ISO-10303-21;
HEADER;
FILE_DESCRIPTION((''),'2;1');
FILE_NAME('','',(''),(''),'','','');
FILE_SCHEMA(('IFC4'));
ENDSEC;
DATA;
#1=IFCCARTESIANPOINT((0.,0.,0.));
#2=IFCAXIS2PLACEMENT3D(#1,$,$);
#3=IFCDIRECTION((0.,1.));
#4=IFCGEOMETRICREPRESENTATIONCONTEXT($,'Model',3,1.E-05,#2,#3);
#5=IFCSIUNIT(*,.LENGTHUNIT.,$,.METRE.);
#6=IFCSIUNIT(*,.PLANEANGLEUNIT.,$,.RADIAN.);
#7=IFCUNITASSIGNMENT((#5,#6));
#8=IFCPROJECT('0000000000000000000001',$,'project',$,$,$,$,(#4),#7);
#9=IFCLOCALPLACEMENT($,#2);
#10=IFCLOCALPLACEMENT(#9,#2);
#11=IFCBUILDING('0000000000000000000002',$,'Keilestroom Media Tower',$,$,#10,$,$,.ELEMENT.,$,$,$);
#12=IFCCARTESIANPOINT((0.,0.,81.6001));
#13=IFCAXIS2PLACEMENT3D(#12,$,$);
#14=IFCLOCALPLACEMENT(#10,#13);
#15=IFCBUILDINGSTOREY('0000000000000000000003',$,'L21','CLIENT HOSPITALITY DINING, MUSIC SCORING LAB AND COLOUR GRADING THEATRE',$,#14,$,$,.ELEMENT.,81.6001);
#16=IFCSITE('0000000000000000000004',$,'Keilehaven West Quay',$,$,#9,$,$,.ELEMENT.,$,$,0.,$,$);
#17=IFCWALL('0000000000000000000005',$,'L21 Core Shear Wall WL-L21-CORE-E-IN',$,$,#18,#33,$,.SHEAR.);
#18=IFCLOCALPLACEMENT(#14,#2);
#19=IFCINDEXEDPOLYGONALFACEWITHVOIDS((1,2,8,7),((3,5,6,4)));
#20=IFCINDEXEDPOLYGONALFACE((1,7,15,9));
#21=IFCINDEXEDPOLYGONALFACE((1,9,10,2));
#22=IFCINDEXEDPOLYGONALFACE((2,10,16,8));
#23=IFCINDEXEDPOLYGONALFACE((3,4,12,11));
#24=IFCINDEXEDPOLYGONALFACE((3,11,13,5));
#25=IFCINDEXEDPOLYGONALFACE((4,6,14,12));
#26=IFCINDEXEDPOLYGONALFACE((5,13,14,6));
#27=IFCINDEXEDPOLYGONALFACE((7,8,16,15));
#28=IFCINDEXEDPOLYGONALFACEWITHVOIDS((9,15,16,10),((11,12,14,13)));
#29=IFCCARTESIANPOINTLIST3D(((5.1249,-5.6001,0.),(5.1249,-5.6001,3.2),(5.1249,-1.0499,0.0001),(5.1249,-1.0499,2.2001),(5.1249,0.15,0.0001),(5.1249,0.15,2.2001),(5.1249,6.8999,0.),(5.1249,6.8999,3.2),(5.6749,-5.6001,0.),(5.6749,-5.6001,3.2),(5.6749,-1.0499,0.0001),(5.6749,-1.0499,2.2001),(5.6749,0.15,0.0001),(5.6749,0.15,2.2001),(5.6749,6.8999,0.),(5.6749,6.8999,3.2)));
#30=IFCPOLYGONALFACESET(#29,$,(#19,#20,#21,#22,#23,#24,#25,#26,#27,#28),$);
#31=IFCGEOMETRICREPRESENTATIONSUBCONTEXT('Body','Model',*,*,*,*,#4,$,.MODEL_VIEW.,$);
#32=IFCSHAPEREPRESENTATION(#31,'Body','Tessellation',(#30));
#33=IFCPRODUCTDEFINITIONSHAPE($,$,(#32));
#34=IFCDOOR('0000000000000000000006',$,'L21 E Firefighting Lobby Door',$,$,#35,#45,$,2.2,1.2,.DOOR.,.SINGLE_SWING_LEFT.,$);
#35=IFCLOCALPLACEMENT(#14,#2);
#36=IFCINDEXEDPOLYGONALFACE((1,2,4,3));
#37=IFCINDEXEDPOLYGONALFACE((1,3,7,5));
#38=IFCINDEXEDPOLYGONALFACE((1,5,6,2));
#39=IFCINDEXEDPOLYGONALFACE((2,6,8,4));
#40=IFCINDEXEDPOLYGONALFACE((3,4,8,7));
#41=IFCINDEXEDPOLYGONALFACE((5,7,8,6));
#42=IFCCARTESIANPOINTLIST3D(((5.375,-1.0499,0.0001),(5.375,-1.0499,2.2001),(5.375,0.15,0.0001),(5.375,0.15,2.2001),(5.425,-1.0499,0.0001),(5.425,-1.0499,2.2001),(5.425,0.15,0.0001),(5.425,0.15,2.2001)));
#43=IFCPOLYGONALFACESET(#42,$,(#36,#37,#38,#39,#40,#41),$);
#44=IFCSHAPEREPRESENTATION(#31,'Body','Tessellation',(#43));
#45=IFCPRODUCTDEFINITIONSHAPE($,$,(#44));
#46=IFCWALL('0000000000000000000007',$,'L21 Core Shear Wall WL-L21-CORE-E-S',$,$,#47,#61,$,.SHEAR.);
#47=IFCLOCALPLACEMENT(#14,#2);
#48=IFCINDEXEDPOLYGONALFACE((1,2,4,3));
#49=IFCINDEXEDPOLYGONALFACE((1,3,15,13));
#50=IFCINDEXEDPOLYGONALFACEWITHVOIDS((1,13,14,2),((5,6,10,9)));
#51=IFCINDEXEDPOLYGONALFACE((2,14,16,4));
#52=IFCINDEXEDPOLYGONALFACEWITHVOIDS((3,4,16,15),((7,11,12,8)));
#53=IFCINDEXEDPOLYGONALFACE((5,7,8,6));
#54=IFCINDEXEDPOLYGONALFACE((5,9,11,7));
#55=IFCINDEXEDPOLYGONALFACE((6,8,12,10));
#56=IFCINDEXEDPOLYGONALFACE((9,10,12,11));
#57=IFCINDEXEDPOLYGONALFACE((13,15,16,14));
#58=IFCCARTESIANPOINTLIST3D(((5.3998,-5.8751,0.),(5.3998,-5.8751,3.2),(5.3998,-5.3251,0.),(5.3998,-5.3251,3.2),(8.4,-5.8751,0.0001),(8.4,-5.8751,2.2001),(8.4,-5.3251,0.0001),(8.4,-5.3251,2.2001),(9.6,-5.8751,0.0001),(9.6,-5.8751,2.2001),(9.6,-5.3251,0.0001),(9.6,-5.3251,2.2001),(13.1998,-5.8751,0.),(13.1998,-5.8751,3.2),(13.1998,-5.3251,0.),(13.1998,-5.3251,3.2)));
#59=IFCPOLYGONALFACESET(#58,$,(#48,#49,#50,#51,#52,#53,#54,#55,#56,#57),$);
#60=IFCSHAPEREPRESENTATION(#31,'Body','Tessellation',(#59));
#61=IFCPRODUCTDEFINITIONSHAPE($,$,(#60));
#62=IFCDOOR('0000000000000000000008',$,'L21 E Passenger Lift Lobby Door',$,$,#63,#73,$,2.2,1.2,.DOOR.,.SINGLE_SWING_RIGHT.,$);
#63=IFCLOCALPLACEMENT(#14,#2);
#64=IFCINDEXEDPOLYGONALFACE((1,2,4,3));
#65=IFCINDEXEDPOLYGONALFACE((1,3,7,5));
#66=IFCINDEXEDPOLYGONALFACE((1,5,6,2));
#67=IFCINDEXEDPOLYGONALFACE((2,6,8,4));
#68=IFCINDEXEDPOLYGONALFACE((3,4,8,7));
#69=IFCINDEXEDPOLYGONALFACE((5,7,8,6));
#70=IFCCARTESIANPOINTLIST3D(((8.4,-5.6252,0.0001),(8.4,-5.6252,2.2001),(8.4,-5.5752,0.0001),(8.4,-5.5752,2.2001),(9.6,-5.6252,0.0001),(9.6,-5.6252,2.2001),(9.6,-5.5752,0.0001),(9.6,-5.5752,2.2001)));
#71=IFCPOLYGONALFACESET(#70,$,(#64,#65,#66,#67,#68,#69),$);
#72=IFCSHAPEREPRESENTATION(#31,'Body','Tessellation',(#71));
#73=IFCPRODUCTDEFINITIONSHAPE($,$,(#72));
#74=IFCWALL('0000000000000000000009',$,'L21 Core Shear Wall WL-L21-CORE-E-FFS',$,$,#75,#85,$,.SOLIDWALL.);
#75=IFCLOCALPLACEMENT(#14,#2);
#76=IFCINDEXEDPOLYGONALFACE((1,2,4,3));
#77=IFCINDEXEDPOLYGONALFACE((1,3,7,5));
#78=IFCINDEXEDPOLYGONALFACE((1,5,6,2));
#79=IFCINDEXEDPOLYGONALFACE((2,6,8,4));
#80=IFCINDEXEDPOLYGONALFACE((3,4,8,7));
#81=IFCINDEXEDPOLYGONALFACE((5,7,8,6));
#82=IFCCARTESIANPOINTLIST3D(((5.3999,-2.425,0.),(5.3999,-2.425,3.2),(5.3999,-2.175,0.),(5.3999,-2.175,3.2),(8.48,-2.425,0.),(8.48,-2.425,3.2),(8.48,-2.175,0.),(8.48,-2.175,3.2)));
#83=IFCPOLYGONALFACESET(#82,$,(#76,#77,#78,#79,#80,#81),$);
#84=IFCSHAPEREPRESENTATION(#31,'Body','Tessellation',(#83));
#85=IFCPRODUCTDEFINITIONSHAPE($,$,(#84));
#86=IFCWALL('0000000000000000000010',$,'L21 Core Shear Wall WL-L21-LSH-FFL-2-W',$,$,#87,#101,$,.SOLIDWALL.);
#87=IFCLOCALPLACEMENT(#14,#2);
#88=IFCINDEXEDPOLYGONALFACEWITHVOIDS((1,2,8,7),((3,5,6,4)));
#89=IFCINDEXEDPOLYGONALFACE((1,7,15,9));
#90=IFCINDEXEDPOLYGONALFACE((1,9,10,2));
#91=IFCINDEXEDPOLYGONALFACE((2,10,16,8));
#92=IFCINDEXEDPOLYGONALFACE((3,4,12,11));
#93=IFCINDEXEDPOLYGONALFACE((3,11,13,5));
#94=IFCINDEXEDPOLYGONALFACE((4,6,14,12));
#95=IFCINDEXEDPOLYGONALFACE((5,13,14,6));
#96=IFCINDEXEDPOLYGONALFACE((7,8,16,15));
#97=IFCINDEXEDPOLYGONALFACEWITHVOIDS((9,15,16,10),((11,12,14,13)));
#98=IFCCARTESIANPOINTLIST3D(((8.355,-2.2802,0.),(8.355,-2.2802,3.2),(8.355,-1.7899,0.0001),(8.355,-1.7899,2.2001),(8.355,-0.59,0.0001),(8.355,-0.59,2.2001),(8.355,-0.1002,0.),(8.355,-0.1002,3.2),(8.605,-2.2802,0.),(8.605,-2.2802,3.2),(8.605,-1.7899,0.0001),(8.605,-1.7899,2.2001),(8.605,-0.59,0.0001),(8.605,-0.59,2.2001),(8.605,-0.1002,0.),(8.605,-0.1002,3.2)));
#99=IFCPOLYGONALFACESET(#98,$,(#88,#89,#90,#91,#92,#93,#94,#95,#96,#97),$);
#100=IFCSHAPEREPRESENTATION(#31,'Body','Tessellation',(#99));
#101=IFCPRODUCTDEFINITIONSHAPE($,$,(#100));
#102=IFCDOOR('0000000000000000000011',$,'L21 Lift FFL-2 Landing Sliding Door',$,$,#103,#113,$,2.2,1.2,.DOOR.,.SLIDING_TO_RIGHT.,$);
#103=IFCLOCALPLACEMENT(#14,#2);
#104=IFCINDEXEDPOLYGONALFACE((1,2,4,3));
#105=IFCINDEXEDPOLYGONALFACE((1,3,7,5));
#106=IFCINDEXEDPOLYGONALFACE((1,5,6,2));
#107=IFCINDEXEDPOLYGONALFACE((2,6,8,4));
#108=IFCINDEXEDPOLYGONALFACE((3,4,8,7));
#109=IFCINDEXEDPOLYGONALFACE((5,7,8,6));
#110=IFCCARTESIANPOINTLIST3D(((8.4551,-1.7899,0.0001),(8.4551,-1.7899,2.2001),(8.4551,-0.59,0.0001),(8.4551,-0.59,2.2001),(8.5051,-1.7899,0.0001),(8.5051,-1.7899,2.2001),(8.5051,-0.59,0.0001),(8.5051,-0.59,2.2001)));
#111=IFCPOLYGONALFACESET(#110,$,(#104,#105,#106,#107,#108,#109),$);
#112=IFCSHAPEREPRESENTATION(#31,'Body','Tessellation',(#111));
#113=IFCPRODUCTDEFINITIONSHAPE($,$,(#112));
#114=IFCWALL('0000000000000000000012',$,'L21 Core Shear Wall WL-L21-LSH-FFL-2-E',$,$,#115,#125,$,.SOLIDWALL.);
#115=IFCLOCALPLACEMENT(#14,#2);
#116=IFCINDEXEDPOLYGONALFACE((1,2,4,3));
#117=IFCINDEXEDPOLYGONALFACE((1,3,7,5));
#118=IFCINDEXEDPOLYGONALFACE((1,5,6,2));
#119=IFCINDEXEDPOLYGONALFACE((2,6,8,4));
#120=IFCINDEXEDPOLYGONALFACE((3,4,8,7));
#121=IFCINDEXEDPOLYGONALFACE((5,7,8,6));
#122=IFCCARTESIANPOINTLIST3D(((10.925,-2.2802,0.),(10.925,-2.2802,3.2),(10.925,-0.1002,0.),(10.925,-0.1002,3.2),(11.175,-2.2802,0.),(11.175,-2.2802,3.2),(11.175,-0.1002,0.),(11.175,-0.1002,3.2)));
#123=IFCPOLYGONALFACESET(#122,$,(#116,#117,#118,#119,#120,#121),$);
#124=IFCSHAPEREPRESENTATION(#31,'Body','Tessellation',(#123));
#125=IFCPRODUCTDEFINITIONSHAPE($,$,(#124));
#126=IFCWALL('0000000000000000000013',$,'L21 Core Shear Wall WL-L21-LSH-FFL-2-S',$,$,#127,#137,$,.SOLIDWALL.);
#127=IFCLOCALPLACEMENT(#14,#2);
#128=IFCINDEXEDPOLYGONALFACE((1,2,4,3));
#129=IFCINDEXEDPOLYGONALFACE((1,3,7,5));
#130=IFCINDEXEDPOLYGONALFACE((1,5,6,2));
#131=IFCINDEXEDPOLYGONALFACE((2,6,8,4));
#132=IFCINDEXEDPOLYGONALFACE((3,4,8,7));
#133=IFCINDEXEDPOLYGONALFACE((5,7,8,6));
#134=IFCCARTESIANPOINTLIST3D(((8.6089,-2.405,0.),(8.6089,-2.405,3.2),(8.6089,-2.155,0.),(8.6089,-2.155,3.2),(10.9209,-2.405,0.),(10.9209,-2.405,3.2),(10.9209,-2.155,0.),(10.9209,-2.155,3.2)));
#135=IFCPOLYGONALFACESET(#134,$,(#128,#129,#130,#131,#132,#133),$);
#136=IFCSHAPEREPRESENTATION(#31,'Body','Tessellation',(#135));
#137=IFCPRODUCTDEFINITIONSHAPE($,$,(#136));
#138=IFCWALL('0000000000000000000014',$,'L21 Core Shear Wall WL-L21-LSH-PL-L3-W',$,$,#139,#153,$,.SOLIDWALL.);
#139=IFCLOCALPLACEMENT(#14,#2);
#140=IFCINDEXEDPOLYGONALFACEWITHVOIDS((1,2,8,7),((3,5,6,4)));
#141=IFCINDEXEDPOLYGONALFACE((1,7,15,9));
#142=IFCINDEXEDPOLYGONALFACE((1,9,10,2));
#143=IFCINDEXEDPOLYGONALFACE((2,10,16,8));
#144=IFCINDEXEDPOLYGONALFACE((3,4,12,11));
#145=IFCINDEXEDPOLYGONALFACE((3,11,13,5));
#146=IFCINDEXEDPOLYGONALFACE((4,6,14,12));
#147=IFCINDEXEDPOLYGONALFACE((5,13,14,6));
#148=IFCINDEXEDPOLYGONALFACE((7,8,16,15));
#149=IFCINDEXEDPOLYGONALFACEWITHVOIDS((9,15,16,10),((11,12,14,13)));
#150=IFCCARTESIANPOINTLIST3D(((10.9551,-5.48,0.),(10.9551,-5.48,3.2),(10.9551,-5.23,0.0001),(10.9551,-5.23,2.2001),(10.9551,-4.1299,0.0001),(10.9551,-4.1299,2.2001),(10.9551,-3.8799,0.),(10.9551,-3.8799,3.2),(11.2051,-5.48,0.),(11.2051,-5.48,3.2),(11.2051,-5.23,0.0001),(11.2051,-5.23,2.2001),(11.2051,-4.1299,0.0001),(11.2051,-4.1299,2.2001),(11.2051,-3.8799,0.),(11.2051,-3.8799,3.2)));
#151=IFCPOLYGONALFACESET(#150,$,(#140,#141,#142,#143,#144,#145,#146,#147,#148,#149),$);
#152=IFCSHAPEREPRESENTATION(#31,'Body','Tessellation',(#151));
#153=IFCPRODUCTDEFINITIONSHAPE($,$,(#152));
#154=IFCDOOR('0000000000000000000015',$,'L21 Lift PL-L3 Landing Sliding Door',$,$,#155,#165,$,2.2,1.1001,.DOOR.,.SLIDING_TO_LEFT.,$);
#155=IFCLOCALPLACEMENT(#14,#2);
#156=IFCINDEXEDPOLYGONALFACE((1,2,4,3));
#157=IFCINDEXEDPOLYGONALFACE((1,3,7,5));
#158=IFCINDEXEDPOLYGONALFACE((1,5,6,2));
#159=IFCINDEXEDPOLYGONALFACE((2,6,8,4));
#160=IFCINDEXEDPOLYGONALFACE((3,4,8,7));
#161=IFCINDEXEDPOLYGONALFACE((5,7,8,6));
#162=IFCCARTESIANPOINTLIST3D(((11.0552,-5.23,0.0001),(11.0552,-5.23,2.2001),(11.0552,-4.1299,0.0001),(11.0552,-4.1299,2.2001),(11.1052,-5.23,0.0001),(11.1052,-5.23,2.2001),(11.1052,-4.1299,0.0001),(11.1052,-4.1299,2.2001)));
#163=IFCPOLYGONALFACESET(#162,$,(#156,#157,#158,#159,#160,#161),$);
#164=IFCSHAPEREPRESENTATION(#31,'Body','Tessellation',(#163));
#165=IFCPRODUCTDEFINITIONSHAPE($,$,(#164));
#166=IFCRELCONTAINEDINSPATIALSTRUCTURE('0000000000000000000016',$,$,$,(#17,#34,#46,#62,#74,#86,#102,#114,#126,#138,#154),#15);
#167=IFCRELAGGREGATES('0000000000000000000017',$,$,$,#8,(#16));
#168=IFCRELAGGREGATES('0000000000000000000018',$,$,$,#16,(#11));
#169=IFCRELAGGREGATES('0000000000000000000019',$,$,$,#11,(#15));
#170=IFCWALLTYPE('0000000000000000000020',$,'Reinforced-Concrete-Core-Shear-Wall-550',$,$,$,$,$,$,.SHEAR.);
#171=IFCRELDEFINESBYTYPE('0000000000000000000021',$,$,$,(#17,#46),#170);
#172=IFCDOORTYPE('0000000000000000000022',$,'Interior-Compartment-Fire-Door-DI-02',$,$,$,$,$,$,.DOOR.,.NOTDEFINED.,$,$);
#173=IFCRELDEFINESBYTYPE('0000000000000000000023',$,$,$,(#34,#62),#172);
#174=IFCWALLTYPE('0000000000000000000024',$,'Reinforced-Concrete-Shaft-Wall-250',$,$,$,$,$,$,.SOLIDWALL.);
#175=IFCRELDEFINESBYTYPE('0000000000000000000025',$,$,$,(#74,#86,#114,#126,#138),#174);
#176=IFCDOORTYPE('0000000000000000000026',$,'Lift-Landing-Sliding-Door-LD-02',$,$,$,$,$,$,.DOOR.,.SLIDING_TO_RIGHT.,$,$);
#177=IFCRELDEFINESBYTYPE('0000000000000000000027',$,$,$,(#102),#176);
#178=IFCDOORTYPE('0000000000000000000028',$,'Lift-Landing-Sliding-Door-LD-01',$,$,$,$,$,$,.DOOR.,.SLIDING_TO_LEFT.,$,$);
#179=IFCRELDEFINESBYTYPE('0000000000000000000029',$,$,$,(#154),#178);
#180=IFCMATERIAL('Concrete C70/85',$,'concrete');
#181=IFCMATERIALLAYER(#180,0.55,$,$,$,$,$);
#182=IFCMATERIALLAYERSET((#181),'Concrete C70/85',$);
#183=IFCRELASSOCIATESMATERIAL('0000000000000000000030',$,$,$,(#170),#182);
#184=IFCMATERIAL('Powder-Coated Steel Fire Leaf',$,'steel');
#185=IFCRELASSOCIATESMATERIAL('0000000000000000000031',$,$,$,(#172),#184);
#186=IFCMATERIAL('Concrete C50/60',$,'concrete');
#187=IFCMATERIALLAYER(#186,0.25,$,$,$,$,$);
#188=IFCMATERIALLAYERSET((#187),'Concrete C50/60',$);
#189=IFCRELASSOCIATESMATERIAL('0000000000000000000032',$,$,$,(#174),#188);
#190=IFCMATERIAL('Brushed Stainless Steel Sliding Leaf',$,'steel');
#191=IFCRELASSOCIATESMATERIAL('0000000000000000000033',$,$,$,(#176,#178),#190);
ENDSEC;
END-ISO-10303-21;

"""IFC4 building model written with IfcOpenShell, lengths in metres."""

from ifc_helpers import new_model, si_unit, direction, frame, frame_2d, origin, place, context, subcontext, project, spatial, rectangle, extrude, source, transform, mapped, material, layer, layer_set, type_object, element, fill, save


model = new_model("IFC4")

# Units and contexts
model_context = context("Model", 3, precision=1e-05, world=origin(), true_north=direction((0.0, 1.0)))
body_context = subcontext(model_context, "Body", "Model", "MODEL_VIEW")
ifc_project = project(units=[si_unit("LENGTHUNIT", "METRE"), si_unit("PLANEANGLEUNIT", "RADIAN")], contexts=[model_context])

# Site, building, storey
site_placement = place(None, origin())
site = spatial("IfcSite", under=ifc_project, at=site_placement, Name="Keilehaven West Quay", CompositionType="ELEMENT", RefElevation=0.0)
building_placement = place(site_placement, origin())
building = spatial("IfcBuilding", under=site, at=building_placement, Name="Keilestroom Media Tower", CompositionType="ELEMENT")
storey_placement = place(building_placement, frame((0.0, 0.0, 81.6001)))
storey = spatial("IfcBuildingStorey", under=building, at=storey_placement, Name="L21", Description="CLIENT HOSPITALITY DINING, MUSIC SCORING LAB AND COLOUR GRADING THEATRE", CompositionType="ELEMENT", Elevation=81.6001)

# Shared definitions
ifc_material_1 = material(Name="Concrete C70/85", Category="concrete")

# Walls, openings, doors
ifc_layer_1 = layer(ifc_material_1, 0.55)
ifc_layer_set_1 = layer_set([ifc_layer_1], Name="Concrete C70/85")
wall_type_1 = type_object("IfcWallType", Name="Reinforced-Concrete-Core-Shear-Wall-550", PredefinedType="SHEAR", material=ifc_layer_set_1)
wall_1_placement = place(storey_placement, frame((5.3999, -5.6001, 0.0), z_axis=(0.0, 0.0, 1.0), x_axis=(0.0, 1.0, 0.0)))
wall_1 = element("IfcWall", 1, at=wall_1_placement, inside=storey, type_object=wall_type_1, Name="L21 Core Shear Wall WL-L21-CORE-E-IN", PredefinedType="SHEAR", context=body_context, shape_type="SweptSolid", body=[
    extrude(rectangle(XDim=12.5, YDim=0.55, at=frame_2d((6.25, 0.0))), origin(), (0.0, 0.0, 1.0), 3.2),
])
opening_1_placement = place(wall_1_placement, frame((4.55, 0.0, 0.0)))
opening_1 = element("IfcOpeningElement", 2, at=opening_1_placement, cuts=wall_1, PredefinedType="OPENING", context=body_context, shape_type="SweptSolid", body=[
    extrude(rectangle(XDim=1.2, YDim=2.2, at=frame_2d((0.6001, 1.1001))), frame((0.0, 0.2852, 0.0), z_axis=(0.0, -1.0, 0.0), x_axis=(1.0, 0.0, 0.0)), (0.0, 0.0, 1.0), 0.5701),
])
ifc_material_2 = material(Name="Powder-Coated Steel Fire Leaf", Category="steel")
door_type_1 = type_object("IfcDoorType", Name="Interior-Compartment-Fire-Door-DI-02", OperationType="NOTDEFINED", PredefinedType="DOOR", material=ifc_material_2)
shared_shape_1 = source(origin(), body_context, "Body", "SweptSolid", [
    extrude(rectangle(XDim=1.2, YDim=2.2, at=frame_2d((0.6001, 1.1001))), frame((0.0, 0.0249, 0.0), z_axis=(0.0, -1.0, 0.0), x_axis=(1.0, 0.0, 0.0)), (0.0, 0.0, 1.0), 0.05),
])
door_1_placement = place(opening_1_placement, origin())
door_1 = element("IfcDoor", 3, at=door_1_placement, inside=storey, type_object=door_type_1, Name="L21 E Firefighting Lobby Door", OperationType="SINGLE_SWING_LEFT", OverallHeight=2.2, OverallWidth=1.2, PredefinedType="DOOR", context=body_context, shape_type="MappedRepresentation", body=[
    mapped(shared_shape_1, transform((0.0, 0.0, 0.0), x_axis=(1.0, 0.0, 0.0), y_axis=(0.0, 1.0, 0.0), z_axis=(0.0, 0.0, 1.0), scale=1.0)),
])
fill(opening_1, door_1)
wall_2_placement = place(storey_placement, frame((5.3999, -5.6001, 0.0), z_axis=(0.0, 0.0, 1.0), x_axis=(1.0, 0.0, 0.0)))
wall_2 = element("IfcWall", 4, at=wall_2_placement, inside=storey, type_object=wall_type_1, Name="L21 Core Shear Wall WL-L21-CORE-E-S", PredefinedType="SHEAR", context=body_context, shape_type="SweptSolid", body=[
    extrude(rectangle(XDim=7.8, YDim=0.55, at=frame_2d((3.8999, 0.0))), origin(), (0.0, 0.0, 1.0), 3.2),
])
opening_2_placement = place(wall_2_placement, frame((3.0, 0.0, 0.0)))
opening_2 = element("IfcOpeningElement", 5, at=opening_2_placement, cuts=wall_2, PredefinedType="OPENING", context=body_context, shape_type="SweptSolid", body=[
    extrude(rectangle(XDim=1.2, YDim=2.2, at=frame_2d((0.6001, 1.1001))), frame((0.0, 0.2852, 0.0), z_axis=(0.0, -1.0, 0.0), x_axis=(1.0, 0.0, 0.0)), (0.0, 0.0, 1.0), 0.5701),
])
door_2_placement = place(opening_2_placement, origin())
door_2 = element("IfcDoor", 6, at=door_2_placement, inside=storey, type_object=door_type_1, Name="L21 E Passenger Lift Lobby Door", OperationType="SINGLE_SWING_RIGHT", OverallHeight=2.2, OverallWidth=1.2, PredefinedType="DOOR", context=body_context, shape_type="MappedRepresentation", body=[
    mapped(shared_shape_1, transform((0.0, 0.0, 0.0), x_axis=(1.0, 0.0, 0.0), y_axis=(0.0, 1.0, 0.0), z_axis=(0.0, 0.0, 1.0), scale=1.0)),
])
fill(opening_2, door_2)

# Wall
ifc_material_3 = material(Name="Concrete C50/60", Category="concrete")
ifc_layer_2 = layer(ifc_material_3, 0.25)
ifc_layer_set_2 = layer_set([ifc_layer_2], Name="Concrete C50/60")
wall_type_2 = type_object("IfcWallType", Name="Reinforced-Concrete-Shaft-Wall-250", PredefinedType="SOLIDWALL", material=ifc_layer_set_2)
wall_3_placement = place(storey_placement, frame((5.3999, -2.3, 0.0), z_axis=(0.0, 0.0, 1.0), x_axis=(1.0, 0.0, 0.0)))
element("IfcWall", 7, at=wall_3_placement, inside=storey, type_object=wall_type_2, Name="L21 Core Shear Wall WL-L21-CORE-E-FFS", PredefinedType="SOLIDWALL", context=body_context, shape_type="SweptSolid", body=[
    extrude(rectangle(XDim=3.0801, YDim=0.25, at=frame_2d((1.54, 0.0))), origin(), (0.0, 0.0, 1.0), 3.2),
])

# Wall, opening, door
wall_4_placement = place(storey_placement, frame((8.48, -2.28, 0.0), z_axis=(0.0, 0.0, 1.0), x_axis=(0.0, 1.0, 0.0)))
wall_4 = element("IfcWall", 8, at=wall_4_placement, inside=storey, type_object=wall_type_2, Name="L21 Core Shear Wall WL-L21-LSH-FFL-2-W", PredefinedType="SOLIDWALL", context=body_context, shape_type="SweptSolid", body=[
    extrude(rectangle(XDim=2.1799, YDim=0.25, at=frame_2d((1.0898, 0.0))), origin(), (0.0, 0.0, 1.0), 3.2),
])
opening_3_placement = place(wall_4_placement, frame((0.49, 0.0, 0.0)))
opening_3 = element("IfcOpeningElement", 9, at=opening_3_placement, cuts=wall_4, PredefinedType="OPENING", context=body_context, shape_type="SweptSolid", body=[
    extrude(rectangle(XDim=1.2, YDim=2.2, at=frame_2d((0.6001, 1.1001))), frame((0.0, 0.135, 0.0), z_axis=(0.0, -1.0, 0.0), x_axis=(1.0, 0.0, 0.0)), (0.0, 0.0, 1.0), 0.27),
])
ifc_material_4 = material(Name="Brushed Stainless Steel Sliding Leaf", Category="steel")
door_type_2 = type_object("IfcDoorType", Name="Lift-Landing-Sliding-Door-LD-02", OperationType="SLIDING_TO_RIGHT", PredefinedType="DOOR", material=ifc_material_4)
door_3_placement = place(opening_3_placement, origin())
door_3 = element("IfcDoor", 10, at=door_3_placement, inside=storey, type_object=door_type_2, Name="L21 Lift FFL-2 Landing Sliding Door", OperationType="SLIDING_TO_RIGHT", OverallHeight=2.2, OverallWidth=1.2, PredefinedType="DOOR", context=body_context, shape_type="MappedRepresentation", body=[
    mapped(shared_shape_1, transform((0.0, 0.0, 0.0), x_axis=(1.0, 0.0, 0.0), y_axis=(0.0, 1.0, 0.0), z_axis=(0.0, 0.0, 1.0), scale=1.0)),
])
fill(opening_3, door_3)

# Walls
wall_5_placement = place(storey_placement, frame((11.05, -2.28, 0.0), z_axis=(0.0, 0.0, 1.0), x_axis=(0.0, 1.0, 0.0)))
element("IfcWall", 11, at=wall_5_placement, inside=storey, type_object=wall_type_2, Name="L21 Core Shear Wall WL-L21-LSH-FFL-2-E", PredefinedType="SOLIDWALL", context=body_context, shape_type="SweptSolid", body=[
    extrude(rectangle(XDim=2.1799, YDim=0.25, at=frame_2d((1.0898, 0.0))), origin(), (0.0, 0.0, 1.0), 3.2),
])
wall_6_placement = place(storey_placement, frame((8.6089, -2.28, 0.0), z_axis=(0.0, 0.0, 1.0), x_axis=(1.0, 0.0, 0.0)))
element("IfcWall", 12, at=wall_6_placement, inside=storey, type_object=wall_type_2, Name="L21 Core Shear Wall WL-L21-LSH-FFL-2-S", PredefinedType="SOLIDWALL", context=body_context, shape_type="SweptSolid", body=[
    extrude(rectangle(XDim=2.312, YDim=0.25, at=frame_2d((1.156, 0.0))), origin(), (0.0, 0.0, 1.0), 3.2),
])

# Wall, opening, door
wall_7_placement = place(storey_placement, frame((11.0801, -5.48, 0.0), z_axis=(0.0, 0.0, 1.0), x_axis=(0.0, 1.0, 0.0)))
wall_7 = element("IfcWall", 13, at=wall_7_placement, inside=storey, type_object=wall_type_2, Name="L21 Core Shear Wall WL-L21-LSH-PL-L3-W", PredefinedType="SOLIDWALL", context=body_context, shape_type="SweptSolid", body=[
    extrude(rectangle(XDim=1.6001, YDim=0.25, at=frame_2d((0.8, 0.0))), origin(), (0.0, 0.0, 1.0), 3.2),
])
opening_4_placement = place(wall_7_placement, frame((0.25, 0.0, 0.0)))
opening_4 = element("IfcOpeningElement", 14, at=opening_4_placement, cuts=wall_7, PredefinedType="OPENING", context=body_context, shape_type="SweptSolid", body=[
    extrude(rectangle(XDim=1.1001, YDim=2.2, at=frame_2d((0.55, 1.1001))), frame((0.0, 0.135, 0.0), z_axis=(0.0, -1.0, 0.0), x_axis=(1.0, 0.0, 0.0)), (0.0, 0.0, 1.0), 0.27),
])
door_type_3 = type_object("IfcDoorType", Name="Lift-Landing-Sliding-Door-LD-01", OperationType="SLIDING_TO_LEFT", PredefinedType="DOOR", material=ifc_material_4)
shared_shape_2 = source(origin(), body_context, "Body", "SweptSolid", [
    extrude(rectangle(XDim=1.1001, YDim=2.2, at=frame_2d((0.55, 1.1001))), frame((0.0, 0.0249, 0.0), z_axis=(0.0, -1.0, 0.0), x_axis=(1.0, 0.0, 0.0)), (0.0, 0.0, 1.0), 0.05),
])
door_4_placement = place(opening_4_placement, origin())
door_4 = element("IfcDoor", 15, at=door_4_placement, inside=storey, type_object=door_type_3, Name="L21 Lift PL-L3 Landing Sliding Door", OperationType="SLIDING_TO_LEFT", OverallHeight=2.2, OverallWidth=1.1001, PredefinedType="DOOR", context=body_context, shape_type="MappedRepresentation", body=[
    mapped(shared_shape_2, transform((0.0, 0.0, 0.0), x_axis=(1.0, 0.0, 0.0), y_axis=(0.0, 1.0, 0.0), z_axis=(0.0, 0.0, 1.0), scale=1.0)),
])
fill(opening_4, door_4)

save(model, "model.ifc")
